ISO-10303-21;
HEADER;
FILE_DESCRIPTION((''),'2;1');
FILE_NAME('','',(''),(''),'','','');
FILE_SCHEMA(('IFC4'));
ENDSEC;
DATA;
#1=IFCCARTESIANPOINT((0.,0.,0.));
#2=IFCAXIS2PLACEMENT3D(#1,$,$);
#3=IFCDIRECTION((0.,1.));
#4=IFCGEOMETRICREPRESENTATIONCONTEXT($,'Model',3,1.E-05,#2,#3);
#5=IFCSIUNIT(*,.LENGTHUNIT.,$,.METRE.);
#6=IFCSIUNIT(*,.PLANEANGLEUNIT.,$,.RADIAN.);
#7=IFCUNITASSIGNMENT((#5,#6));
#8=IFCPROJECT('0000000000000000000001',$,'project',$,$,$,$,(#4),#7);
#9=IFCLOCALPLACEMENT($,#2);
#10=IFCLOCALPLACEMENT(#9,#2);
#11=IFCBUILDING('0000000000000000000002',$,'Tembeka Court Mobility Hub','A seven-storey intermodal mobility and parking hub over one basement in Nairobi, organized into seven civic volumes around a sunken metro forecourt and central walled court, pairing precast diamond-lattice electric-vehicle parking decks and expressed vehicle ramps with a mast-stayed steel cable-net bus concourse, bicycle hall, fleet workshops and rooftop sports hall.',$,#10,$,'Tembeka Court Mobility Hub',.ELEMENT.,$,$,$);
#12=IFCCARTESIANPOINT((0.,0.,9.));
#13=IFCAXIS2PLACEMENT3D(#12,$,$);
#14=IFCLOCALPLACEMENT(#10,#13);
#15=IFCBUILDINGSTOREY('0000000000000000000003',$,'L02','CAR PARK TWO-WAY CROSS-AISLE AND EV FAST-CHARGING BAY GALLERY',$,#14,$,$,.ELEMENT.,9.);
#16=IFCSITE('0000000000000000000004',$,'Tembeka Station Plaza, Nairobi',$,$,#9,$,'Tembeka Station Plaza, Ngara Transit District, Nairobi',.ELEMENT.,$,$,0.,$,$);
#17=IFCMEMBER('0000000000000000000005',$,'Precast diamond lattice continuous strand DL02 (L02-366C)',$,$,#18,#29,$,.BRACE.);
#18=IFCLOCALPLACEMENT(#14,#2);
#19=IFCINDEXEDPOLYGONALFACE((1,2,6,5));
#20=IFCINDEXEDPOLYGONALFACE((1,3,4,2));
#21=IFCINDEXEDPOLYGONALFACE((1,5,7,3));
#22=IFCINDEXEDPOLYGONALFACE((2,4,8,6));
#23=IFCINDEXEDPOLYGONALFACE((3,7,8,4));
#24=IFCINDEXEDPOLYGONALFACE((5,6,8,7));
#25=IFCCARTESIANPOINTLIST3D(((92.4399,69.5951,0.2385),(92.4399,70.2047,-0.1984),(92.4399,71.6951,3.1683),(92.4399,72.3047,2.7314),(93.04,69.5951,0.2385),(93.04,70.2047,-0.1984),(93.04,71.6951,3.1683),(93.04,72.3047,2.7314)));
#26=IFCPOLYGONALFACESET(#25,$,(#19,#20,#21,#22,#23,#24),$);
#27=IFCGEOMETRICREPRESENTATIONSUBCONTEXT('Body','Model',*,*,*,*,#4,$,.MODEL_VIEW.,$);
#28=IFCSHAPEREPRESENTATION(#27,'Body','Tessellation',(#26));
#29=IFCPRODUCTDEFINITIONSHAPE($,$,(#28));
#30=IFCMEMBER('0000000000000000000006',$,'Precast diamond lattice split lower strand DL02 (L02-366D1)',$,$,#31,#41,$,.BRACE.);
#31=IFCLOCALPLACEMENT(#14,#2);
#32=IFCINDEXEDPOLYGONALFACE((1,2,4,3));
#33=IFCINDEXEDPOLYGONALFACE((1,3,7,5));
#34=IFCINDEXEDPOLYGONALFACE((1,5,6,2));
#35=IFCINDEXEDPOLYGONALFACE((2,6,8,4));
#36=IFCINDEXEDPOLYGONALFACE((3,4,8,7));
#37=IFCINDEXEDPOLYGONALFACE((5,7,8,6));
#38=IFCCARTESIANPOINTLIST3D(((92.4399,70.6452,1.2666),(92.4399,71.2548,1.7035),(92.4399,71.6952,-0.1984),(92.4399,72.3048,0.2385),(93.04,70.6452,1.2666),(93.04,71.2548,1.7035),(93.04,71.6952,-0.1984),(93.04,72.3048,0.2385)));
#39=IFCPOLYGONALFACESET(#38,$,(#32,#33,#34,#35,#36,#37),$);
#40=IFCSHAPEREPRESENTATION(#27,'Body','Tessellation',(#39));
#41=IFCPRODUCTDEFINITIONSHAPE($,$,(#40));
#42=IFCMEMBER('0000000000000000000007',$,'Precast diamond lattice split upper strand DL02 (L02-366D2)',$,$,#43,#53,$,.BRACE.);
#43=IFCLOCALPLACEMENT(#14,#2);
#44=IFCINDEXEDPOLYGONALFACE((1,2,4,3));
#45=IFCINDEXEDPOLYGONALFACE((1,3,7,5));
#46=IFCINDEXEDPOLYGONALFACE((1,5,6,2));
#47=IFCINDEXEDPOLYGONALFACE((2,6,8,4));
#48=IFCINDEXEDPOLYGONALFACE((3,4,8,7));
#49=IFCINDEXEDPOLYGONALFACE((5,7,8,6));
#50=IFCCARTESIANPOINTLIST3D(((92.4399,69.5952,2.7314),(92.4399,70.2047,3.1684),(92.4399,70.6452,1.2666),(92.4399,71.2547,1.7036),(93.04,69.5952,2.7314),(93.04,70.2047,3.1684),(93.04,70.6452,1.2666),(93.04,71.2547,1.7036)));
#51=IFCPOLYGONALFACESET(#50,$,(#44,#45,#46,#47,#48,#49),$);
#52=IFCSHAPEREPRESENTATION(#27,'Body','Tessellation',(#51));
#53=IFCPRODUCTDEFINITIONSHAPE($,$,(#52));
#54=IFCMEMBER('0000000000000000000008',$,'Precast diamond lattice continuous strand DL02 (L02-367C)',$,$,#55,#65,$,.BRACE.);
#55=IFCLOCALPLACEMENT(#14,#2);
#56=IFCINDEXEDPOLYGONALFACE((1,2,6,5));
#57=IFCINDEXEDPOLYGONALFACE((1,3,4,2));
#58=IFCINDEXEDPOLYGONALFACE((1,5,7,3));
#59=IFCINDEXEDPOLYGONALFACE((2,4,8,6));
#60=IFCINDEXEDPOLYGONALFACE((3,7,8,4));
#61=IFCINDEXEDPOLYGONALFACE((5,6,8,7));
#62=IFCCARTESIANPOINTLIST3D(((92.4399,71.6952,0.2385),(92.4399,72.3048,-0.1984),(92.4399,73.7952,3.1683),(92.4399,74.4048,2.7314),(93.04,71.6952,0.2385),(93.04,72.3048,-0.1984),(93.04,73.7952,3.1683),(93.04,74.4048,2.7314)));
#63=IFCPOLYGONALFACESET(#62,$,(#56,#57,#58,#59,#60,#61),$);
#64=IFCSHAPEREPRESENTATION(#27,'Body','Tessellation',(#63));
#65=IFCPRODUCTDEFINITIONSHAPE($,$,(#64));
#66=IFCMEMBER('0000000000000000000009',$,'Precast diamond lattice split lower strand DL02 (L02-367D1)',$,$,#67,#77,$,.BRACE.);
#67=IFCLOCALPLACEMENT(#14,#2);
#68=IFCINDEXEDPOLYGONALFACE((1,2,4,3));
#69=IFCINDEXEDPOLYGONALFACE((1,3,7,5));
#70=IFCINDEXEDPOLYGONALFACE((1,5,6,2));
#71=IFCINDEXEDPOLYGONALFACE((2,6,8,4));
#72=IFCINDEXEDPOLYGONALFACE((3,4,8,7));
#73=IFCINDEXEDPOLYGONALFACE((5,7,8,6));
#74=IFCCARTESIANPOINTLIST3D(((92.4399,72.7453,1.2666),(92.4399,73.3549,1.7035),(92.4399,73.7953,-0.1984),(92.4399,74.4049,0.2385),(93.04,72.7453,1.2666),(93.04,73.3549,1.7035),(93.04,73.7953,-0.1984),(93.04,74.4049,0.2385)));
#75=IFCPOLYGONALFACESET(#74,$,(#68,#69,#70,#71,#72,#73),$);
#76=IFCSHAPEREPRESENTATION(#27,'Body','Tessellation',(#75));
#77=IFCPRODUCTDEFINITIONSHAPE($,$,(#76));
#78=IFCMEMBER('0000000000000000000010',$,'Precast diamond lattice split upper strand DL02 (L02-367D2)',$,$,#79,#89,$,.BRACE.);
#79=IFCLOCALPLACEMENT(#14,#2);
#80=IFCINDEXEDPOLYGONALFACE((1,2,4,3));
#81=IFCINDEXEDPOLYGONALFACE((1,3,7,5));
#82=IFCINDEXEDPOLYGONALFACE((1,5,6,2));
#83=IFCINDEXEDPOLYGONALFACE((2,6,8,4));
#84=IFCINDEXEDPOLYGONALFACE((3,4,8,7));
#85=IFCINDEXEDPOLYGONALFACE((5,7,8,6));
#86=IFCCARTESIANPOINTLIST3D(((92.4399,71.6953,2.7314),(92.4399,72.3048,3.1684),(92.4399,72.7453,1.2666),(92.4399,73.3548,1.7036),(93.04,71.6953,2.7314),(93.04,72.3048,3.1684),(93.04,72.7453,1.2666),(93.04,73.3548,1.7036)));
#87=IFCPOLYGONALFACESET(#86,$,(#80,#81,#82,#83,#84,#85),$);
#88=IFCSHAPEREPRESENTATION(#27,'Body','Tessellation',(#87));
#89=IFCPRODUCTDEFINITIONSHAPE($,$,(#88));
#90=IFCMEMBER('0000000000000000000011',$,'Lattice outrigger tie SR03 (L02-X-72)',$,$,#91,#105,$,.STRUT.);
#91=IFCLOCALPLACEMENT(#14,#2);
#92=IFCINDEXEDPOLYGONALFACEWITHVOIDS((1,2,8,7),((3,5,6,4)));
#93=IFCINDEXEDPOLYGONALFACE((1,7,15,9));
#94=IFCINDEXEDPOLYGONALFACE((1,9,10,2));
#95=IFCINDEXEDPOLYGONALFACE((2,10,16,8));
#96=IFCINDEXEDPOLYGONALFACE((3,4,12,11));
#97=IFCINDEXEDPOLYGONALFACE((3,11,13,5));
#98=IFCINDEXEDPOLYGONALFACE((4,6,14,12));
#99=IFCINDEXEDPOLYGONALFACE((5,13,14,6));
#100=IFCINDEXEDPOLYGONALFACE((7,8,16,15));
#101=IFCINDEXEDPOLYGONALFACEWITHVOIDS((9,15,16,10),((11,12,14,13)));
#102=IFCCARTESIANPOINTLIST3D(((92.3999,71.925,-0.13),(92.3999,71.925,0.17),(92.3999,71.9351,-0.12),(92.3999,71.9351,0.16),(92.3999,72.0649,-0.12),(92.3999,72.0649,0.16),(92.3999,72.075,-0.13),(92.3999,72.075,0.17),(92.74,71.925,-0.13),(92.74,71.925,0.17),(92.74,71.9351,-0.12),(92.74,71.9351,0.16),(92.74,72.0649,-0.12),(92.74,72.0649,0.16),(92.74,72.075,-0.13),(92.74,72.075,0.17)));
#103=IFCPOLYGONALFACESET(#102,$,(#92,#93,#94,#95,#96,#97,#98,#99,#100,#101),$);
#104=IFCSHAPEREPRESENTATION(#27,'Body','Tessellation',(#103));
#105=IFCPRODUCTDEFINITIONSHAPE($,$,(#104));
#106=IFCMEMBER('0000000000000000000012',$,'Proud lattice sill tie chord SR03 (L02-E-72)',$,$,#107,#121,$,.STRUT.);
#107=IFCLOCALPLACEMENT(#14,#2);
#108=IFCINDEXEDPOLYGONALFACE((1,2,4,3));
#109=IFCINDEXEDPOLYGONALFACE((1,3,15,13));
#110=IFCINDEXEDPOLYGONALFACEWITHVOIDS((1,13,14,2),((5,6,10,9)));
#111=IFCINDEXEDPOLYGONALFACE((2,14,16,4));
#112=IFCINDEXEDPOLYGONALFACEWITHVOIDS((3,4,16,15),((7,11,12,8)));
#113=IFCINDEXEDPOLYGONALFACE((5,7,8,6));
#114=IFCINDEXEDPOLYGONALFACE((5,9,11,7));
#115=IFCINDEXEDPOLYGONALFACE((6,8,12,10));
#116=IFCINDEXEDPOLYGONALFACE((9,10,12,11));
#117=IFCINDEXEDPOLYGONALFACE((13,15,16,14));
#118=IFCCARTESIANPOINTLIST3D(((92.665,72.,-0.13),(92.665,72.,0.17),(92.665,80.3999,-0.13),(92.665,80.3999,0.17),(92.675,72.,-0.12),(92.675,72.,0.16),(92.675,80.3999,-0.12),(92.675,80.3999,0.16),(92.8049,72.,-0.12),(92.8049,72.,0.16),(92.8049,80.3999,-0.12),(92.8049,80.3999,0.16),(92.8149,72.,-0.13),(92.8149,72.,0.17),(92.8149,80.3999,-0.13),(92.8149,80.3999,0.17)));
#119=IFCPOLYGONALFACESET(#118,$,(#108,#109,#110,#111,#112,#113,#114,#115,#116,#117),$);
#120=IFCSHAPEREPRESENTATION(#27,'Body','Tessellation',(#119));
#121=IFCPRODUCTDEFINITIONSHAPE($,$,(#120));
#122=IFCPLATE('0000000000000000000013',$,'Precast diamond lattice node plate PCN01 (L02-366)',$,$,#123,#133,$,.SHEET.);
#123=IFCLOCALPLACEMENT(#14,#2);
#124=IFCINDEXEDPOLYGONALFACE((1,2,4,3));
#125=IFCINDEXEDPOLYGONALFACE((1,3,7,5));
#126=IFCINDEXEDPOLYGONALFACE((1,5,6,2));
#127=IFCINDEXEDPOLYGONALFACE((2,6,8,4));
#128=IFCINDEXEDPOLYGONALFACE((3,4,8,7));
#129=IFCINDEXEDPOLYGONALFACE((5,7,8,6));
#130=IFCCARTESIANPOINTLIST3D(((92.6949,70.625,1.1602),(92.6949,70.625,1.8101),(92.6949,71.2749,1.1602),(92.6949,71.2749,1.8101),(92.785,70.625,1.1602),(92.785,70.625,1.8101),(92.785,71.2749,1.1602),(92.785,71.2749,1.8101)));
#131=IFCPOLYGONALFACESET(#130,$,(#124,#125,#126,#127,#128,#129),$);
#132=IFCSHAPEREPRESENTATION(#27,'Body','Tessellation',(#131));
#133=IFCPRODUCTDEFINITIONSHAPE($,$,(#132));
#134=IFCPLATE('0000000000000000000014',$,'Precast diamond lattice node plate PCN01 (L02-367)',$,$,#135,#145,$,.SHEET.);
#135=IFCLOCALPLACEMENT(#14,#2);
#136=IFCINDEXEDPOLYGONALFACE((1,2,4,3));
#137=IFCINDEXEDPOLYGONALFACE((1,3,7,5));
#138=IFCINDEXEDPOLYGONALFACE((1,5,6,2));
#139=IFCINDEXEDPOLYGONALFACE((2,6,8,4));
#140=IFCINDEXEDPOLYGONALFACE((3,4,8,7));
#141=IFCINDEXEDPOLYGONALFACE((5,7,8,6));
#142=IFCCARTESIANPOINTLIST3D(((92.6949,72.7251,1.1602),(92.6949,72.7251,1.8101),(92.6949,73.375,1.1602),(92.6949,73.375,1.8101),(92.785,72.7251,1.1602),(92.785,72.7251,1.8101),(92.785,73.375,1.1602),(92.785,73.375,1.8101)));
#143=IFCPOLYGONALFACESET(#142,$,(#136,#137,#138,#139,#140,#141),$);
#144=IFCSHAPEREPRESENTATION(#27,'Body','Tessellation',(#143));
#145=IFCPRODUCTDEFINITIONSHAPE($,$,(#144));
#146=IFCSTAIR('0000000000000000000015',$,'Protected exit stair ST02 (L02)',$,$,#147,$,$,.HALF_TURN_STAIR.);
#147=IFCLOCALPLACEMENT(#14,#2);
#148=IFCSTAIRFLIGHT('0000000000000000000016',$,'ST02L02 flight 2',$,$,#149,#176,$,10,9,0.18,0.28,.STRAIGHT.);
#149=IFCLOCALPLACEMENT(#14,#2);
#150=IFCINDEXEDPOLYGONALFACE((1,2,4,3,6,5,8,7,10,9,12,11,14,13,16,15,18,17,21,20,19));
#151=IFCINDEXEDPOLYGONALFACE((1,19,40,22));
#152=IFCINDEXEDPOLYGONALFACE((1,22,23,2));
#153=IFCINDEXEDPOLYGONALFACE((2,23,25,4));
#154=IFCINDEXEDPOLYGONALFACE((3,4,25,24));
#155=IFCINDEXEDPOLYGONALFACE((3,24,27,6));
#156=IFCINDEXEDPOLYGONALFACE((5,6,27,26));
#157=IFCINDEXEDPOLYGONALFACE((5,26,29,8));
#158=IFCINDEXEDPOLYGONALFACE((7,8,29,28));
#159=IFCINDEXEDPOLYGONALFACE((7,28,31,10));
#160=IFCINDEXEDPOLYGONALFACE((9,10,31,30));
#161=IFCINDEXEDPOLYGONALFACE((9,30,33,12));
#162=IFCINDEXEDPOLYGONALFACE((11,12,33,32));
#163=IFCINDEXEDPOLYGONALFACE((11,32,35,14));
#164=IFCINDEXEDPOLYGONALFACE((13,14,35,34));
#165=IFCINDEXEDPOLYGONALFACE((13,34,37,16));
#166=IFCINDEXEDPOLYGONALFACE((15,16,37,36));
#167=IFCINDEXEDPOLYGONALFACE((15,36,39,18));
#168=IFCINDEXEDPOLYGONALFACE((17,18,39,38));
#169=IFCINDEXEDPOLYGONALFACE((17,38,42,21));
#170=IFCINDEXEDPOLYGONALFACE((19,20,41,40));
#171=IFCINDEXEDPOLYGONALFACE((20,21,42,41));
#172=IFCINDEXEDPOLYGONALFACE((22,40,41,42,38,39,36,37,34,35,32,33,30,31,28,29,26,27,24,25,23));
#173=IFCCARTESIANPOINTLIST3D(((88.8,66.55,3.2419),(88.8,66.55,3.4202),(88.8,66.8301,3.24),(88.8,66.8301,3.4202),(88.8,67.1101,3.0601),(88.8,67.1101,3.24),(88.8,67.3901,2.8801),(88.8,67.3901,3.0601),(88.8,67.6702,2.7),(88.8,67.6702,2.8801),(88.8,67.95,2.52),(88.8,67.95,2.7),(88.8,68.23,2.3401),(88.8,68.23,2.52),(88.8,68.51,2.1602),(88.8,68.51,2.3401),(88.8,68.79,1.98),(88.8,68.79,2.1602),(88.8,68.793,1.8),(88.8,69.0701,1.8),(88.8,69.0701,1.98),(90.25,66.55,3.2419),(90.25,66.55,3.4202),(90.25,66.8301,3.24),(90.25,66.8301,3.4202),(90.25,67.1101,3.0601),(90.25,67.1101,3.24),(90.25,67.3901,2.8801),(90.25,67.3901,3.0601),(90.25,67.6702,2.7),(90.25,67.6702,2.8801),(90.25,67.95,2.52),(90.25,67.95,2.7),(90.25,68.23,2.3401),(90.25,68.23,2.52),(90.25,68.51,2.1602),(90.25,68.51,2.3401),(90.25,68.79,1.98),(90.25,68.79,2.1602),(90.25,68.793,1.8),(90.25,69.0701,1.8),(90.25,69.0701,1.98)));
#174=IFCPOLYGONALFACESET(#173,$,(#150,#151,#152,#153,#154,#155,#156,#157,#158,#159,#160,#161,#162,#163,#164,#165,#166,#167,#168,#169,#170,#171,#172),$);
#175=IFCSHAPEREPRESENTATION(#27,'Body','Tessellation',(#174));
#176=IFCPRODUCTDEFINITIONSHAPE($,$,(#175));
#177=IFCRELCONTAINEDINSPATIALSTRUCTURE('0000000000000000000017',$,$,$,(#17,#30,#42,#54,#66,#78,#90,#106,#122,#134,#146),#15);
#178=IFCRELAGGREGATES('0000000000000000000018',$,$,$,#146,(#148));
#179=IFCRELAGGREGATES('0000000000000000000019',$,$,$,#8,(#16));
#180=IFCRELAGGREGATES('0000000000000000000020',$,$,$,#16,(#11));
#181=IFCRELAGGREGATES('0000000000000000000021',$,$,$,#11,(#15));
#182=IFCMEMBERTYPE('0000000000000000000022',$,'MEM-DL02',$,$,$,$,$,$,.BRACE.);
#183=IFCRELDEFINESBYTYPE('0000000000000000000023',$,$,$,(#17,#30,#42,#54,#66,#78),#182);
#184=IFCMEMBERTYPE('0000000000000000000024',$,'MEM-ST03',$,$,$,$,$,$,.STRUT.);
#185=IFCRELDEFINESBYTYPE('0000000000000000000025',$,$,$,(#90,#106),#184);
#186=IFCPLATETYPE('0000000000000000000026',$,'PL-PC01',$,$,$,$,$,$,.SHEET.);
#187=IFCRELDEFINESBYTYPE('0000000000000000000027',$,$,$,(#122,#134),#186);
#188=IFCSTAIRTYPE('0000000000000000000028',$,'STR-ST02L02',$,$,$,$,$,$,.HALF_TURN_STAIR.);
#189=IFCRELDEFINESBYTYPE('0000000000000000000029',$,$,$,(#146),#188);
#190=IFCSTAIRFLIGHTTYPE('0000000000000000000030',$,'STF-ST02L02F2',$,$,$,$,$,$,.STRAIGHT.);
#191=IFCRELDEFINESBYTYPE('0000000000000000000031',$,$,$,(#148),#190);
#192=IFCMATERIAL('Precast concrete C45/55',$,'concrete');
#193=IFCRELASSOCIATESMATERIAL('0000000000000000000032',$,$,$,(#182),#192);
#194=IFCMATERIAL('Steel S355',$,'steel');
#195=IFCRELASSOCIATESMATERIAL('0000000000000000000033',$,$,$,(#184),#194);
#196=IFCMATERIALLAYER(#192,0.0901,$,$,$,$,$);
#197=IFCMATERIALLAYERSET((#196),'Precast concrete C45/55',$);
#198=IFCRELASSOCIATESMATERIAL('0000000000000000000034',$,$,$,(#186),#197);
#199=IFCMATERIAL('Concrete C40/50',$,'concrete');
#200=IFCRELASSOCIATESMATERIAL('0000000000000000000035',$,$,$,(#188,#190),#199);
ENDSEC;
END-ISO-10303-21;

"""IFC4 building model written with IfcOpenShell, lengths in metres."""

from ifc_helpers import new_model, si_unit, direction, frame, origin, origin_2d, place, context, subcontext, project, spatial, polyline, rectangle, hollow_rectangle, outline, extrude, material, layer, layer_set, material_profile, profile_set, type_object, element, aggregate, save


model = new_model("IFC4")

# Units and contexts
model_context = context("Model", 3, precision=1e-05, world=origin(), true_north=direction((0.0, 1.0)))
body_context = subcontext(model_context, "Body", "Model", "MODEL_VIEW")
ifc_project = project(units=[si_unit("LENGTHUNIT", "METRE"), si_unit("PLANEANGLEUNIT", "RADIAN")], contexts=[model_context])

# Site, building, storey
site_placement = place(None, origin())
site = spatial("IfcSite", under=ifc_project, at=site_placement, Name="Tembeka Station Plaza, Nairobi", LongName="Tembeka Station Plaza, Ngara Transit District, Nairobi", CompositionType="ELEMENT", RefElevation=0.0)
building_placement = place(site_placement, origin())
building = spatial("IfcBuilding", under=site, at=building_placement, Name="Tembeka Court Mobility Hub", Description="A seven-storey intermodal mobility and parking hub over one basement in Nairobi, organized into seven civic volumes around a sunken metro forecourt and central walled court, pairing precast diamond-lattice electric-vehicle parking decks and expressed vehicle ramps with a mast-stayed steel cable-net bus concourse, bicycle hall, fleet workshops and rooftop sports hall.", LongName="Tembeka Court Mobility Hub", CompositionType="ELEMENT")
storey_placement = place(building_placement, frame((0.0, 0.0, 9.0)))
storey = spatial("IfcBuildingStorey", under=building, at=storey_placement, Name="L02", Description="CAR PARK TWO-WAY CROSS-AISLE AND EV FAST-CHARGING BAY GALLERY", CompositionType="ELEMENT", Elevation=9.0)

# Shared definitions
ifc_material_1 = material(Name="Steel S355", Category="steel")

# Shared definitions
ifc_material_2 = material(Name="Precast concrete C45/55", Category="concrete")

# Members
ifc_material_profile_1 = material_profile(ifc_material_2, rectangle(XDim=0.6001, YDim=0.75, at=origin_2d()), Name="PC-DIAG 600x750")
ifc_profile_set_1 = profile_set([ifc_material_profile_1], Name="Precast concrete C45/55")
member_type_1 = type_object("IfcMemberType", Name="MEM-DL02", PredefinedType="BRACE", material=ifc_profile_set_1)
member_1_placement = place(storey_placement, frame((92.74, 69.8999, 0.02), z_axis=(0.0, 0.582576, 0.812776), x_axis=(-1.0, 0.0, 0.0)))
element("IfcMember", 1, at=member_1_placement, inside=storey, type_object=member_type_1, Name="Precast diamond lattice continuous strand DL02 (L02-366C)", PredefinedType="BRACE", context=body_context, shape_type="SweptSolid", body=[
    extrude(rectangle(XDim=0.6001, YDim=0.75, at=origin_2d()), origin(), (0.0, 0.0, 1.0), 3.6047),
])
member_2_placement = place(storey_placement, frame((92.74, 72.0, 0.02), z_axis=(0.0, -0.582544, 0.812799), x_axis=(1.0, 0.0, 0.0)))
element("IfcMember", 2, at=member_2_placement, inside=storey, type_object=member_type_1, Name="Precast diamond lattice split lower strand DL02 (L02-366D1)", PredefinedType="BRACE", context=body_context, shape_type="SweptSolid", body=[
    extrude(rectangle(XDim=0.6001, YDim=0.75, at=origin_2d()), origin(), (0.0, 0.0, 1.0), 1.8025),
])
member_3_placement = place(storey_placement, frame((92.74, 70.95, 1.4851), z_axis=(0.0, -0.582608, 0.812753), x_axis=(1.0, 0.0, 0.0)))
element("IfcMember", 3, at=member_3_placement, inside=storey, type_object=member_type_1, Name="Precast diamond lattice split upper strand DL02 (L02-366D2)", PredefinedType="BRACE", context=body_context, shape_type="SweptSolid", body=[
    extrude(rectangle(XDim=0.6001, YDim=0.75, at=origin_2d()), origin(), (0.0, 0.0, 1.0), 1.8022),
])
member_4_placement = place(storey_placement, frame((92.74, 72.0, 0.02), z_axis=(0.0, 0.582576, 0.812776), x_axis=(-1.0, 0.0, 0.0)))
element("IfcMember", 4, at=member_4_placement, inside=storey, type_object=member_type_1, Name="Precast diamond lattice continuous strand DL02 (L02-367C)", PredefinedType="BRACE", context=body_context, shape_type="SweptSolid", body=[
    extrude(rectangle(XDim=0.6001, YDim=0.75, at=origin_2d()), origin(), (0.0, 0.0, 1.0), 3.6047),
])
member_5_placement = place(storey_placement, frame((92.74, 74.1001, 0.02), z_axis=(0.0, -0.582544, 0.812799), x_axis=(1.0, 0.0, 0.0)))
element("IfcMember", 5, at=member_5_placement, inside=storey, type_object=member_type_1, Name="Precast diamond lattice split lower strand DL02 (L02-367D1)", PredefinedType="BRACE", context=body_context, shape_type="SweptSolid", body=[
    extrude(rectangle(XDim=0.6001, YDim=0.75, at=origin_2d()), origin(), (0.0, 0.0, 1.0), 1.8025),
])
member_6_placement = place(storey_placement, frame((92.74, 73.05, 1.4851), z_axis=(0.0, -0.582608, 0.812753), x_axis=(1.0, 0.0, 0.0)))
element("IfcMember", 6, at=member_6_placement, inside=storey, type_object=member_type_1, Name="Precast diamond lattice split upper strand DL02 (L02-367D2)", PredefinedType="BRACE", context=body_context, shape_type="SweptSolid", body=[
    extrude(rectangle(XDim=0.6001, YDim=0.75, at=origin_2d()), origin(), (0.0, 0.0, 1.0), 1.8022),
])
ifc_material_profile_2 = material_profile(ifc_material_1, hollow_rectangle(XDim=0.1499, YDim=0.3, WallThickness=0.01, at=origin_2d()), Name="RHS 300x150x10")
ifc_profile_set_2 = profile_set([ifc_material_profile_2], Name="Steel S355")
member_type_2 = type_object("IfcMemberType", Name="MEM-ST03", PredefinedType="STRUT", material=ifc_profile_set_2)
member_7_placement = place(storey_placement, frame((92.3999, 72.0, 0.02), z_axis=(1.0, 0.0, 0.0), x_axis=(0.0, 1.0, 0.0)))
element("IfcMember", 7, at=member_7_placement, inside=storey, type_object=member_type_2, Name="Lattice outrigger tie SR03 (L02-X-72)", PredefinedType="STRUT", context=body_context, shape_type="SweptSolid", body=[
    extrude(hollow_rectangle(XDim=0.1499, YDim=0.3, WallThickness=0.01, at=origin_2d()), origin(), (0.0, 0.0, 1.0), 0.3401),
])
member_8_placement = place(storey_placement, frame((92.74, 72.0, 0.02), z_axis=(0.0, 1.0, 0.0), x_axis=(-1.0, 0.0, 0.0)))
element("IfcMember", 8, at=member_8_placement, inside=storey, type_object=member_type_2, Name="Proud lattice sill tie chord SR03 (L02-E-72)", PredefinedType="STRUT", context=body_context, shape_type="SweptSolid", body=[
    extrude(hollow_rectangle(XDim=0.1499, YDim=0.3, WallThickness=0.01, at=origin_2d()), origin(), (0.0, 0.0, 1.0), 8.3999),
])

# Plates
ifc_layer = layer(ifc_material_2, 0.0901)
ifc_layer_set = layer_set([ifc_layer], Name="Precast concrete C45/55")
plate_type = type_object("IfcPlateType", Name="PL-PC01", PredefinedType="SHEET", material=ifc_layer_set)
for number, where, z_axis, x_axis, name in (
    (9, (92.74, 70.95, 1.1602), (0.0, 0.0, 1.0), (1.0, 0.0, 0.0), "Precast diamond lattice node plate PCN01 (L02-366)"),
    (10, (92.74, 73.05, 1.1602), (0.0, 0.0, 1.0), (1.0, 0.0, 0.0), "Precast diamond lattice node plate PCN01 (L02-367)"),
):
    element("IfcPlate", number, at=place(storey_placement, frame(where, z_axis=z_axis, x_axis=x_axis)), inside=storey, type_object=plate_type, Name=name, PredefinedType="SHEET", context=body_context, shape_type="SweptSolid", body=[
        extrude(rectangle(XDim=0.0901, YDim=0.6499, at=origin_2d()), origin(), (0.0, 0.0, 1.0), 0.6499),
    ])

# Stair, stair flight
ifc_material_3 = material(Name="Concrete C40/50", Category="concrete")
stair_type = type_object("IfcStairType", Name="STR-ST02L02", PredefinedType="HALF_TURN_STAIR", material=ifc_material_3)
stair_placement = place(storey_placement, origin())
stair = element("IfcStair", 11, at=stair_placement, inside=storey, type_object=stair_type, Name="Protected exit stair ST02 (L02)", PredefinedType="HALF_TURN_STAIR")
stair_flight_type = type_object("IfcStairFlightType", Name="STF-ST02L02F2", PredefinedType="STRAIGHT", material=ifc_material_3)
stair_flight_placement = place(storey_placement, frame((89.5249, 69.0701, 1.8), z_axis=(0.0, 0.0, 1.0), x_axis=(0.0, -1.0, 0.0)))
stair_flight = element("IfcStairFlight", 12, at=stair_flight_placement, type_object=stair_flight_type, Name="ST02L02 flight 2", NumberOfRisers=10, NumberOfTreads=9, PredefinedType="STRAIGHT", RiserHeight=0.18, TreadLength=0.28, context=body_context, shape_type="SweptSolid", body=[
    extrude(outline(polyline([(0.0, 0.0), (0.0, 0.1799), (0.28, 0.1799), (0.28, 0.3601), (0.5601, 0.3601), (0.5601, 0.54), (0.8401, 0.54), (0.8401, 0.72), (1.1201, 0.72), (1.1201, 0.8999), (1.3999, 0.8999), (1.3999, 1.0801), (1.6799, 1.0801), (1.6799, 1.26), (1.96, 1.26), (1.96, 1.4399), (2.24, 1.4399), (2.24, 1.6201), (2.52, 1.6201), (2.52, 1.8), (2.52, 1.4419), (0.2771, 0.0), (0.0, 0.0)])), frame((0.0, 0.7251, 0.0), z_axis=(0.0, -1.0, 0.0), x_axis=(1.0, 0.0, 0.0)), (0.0, 0.0, 1.0), 1.45),
])
aggregate(stair, [stair_flight])

save(model, "model.ifc")
